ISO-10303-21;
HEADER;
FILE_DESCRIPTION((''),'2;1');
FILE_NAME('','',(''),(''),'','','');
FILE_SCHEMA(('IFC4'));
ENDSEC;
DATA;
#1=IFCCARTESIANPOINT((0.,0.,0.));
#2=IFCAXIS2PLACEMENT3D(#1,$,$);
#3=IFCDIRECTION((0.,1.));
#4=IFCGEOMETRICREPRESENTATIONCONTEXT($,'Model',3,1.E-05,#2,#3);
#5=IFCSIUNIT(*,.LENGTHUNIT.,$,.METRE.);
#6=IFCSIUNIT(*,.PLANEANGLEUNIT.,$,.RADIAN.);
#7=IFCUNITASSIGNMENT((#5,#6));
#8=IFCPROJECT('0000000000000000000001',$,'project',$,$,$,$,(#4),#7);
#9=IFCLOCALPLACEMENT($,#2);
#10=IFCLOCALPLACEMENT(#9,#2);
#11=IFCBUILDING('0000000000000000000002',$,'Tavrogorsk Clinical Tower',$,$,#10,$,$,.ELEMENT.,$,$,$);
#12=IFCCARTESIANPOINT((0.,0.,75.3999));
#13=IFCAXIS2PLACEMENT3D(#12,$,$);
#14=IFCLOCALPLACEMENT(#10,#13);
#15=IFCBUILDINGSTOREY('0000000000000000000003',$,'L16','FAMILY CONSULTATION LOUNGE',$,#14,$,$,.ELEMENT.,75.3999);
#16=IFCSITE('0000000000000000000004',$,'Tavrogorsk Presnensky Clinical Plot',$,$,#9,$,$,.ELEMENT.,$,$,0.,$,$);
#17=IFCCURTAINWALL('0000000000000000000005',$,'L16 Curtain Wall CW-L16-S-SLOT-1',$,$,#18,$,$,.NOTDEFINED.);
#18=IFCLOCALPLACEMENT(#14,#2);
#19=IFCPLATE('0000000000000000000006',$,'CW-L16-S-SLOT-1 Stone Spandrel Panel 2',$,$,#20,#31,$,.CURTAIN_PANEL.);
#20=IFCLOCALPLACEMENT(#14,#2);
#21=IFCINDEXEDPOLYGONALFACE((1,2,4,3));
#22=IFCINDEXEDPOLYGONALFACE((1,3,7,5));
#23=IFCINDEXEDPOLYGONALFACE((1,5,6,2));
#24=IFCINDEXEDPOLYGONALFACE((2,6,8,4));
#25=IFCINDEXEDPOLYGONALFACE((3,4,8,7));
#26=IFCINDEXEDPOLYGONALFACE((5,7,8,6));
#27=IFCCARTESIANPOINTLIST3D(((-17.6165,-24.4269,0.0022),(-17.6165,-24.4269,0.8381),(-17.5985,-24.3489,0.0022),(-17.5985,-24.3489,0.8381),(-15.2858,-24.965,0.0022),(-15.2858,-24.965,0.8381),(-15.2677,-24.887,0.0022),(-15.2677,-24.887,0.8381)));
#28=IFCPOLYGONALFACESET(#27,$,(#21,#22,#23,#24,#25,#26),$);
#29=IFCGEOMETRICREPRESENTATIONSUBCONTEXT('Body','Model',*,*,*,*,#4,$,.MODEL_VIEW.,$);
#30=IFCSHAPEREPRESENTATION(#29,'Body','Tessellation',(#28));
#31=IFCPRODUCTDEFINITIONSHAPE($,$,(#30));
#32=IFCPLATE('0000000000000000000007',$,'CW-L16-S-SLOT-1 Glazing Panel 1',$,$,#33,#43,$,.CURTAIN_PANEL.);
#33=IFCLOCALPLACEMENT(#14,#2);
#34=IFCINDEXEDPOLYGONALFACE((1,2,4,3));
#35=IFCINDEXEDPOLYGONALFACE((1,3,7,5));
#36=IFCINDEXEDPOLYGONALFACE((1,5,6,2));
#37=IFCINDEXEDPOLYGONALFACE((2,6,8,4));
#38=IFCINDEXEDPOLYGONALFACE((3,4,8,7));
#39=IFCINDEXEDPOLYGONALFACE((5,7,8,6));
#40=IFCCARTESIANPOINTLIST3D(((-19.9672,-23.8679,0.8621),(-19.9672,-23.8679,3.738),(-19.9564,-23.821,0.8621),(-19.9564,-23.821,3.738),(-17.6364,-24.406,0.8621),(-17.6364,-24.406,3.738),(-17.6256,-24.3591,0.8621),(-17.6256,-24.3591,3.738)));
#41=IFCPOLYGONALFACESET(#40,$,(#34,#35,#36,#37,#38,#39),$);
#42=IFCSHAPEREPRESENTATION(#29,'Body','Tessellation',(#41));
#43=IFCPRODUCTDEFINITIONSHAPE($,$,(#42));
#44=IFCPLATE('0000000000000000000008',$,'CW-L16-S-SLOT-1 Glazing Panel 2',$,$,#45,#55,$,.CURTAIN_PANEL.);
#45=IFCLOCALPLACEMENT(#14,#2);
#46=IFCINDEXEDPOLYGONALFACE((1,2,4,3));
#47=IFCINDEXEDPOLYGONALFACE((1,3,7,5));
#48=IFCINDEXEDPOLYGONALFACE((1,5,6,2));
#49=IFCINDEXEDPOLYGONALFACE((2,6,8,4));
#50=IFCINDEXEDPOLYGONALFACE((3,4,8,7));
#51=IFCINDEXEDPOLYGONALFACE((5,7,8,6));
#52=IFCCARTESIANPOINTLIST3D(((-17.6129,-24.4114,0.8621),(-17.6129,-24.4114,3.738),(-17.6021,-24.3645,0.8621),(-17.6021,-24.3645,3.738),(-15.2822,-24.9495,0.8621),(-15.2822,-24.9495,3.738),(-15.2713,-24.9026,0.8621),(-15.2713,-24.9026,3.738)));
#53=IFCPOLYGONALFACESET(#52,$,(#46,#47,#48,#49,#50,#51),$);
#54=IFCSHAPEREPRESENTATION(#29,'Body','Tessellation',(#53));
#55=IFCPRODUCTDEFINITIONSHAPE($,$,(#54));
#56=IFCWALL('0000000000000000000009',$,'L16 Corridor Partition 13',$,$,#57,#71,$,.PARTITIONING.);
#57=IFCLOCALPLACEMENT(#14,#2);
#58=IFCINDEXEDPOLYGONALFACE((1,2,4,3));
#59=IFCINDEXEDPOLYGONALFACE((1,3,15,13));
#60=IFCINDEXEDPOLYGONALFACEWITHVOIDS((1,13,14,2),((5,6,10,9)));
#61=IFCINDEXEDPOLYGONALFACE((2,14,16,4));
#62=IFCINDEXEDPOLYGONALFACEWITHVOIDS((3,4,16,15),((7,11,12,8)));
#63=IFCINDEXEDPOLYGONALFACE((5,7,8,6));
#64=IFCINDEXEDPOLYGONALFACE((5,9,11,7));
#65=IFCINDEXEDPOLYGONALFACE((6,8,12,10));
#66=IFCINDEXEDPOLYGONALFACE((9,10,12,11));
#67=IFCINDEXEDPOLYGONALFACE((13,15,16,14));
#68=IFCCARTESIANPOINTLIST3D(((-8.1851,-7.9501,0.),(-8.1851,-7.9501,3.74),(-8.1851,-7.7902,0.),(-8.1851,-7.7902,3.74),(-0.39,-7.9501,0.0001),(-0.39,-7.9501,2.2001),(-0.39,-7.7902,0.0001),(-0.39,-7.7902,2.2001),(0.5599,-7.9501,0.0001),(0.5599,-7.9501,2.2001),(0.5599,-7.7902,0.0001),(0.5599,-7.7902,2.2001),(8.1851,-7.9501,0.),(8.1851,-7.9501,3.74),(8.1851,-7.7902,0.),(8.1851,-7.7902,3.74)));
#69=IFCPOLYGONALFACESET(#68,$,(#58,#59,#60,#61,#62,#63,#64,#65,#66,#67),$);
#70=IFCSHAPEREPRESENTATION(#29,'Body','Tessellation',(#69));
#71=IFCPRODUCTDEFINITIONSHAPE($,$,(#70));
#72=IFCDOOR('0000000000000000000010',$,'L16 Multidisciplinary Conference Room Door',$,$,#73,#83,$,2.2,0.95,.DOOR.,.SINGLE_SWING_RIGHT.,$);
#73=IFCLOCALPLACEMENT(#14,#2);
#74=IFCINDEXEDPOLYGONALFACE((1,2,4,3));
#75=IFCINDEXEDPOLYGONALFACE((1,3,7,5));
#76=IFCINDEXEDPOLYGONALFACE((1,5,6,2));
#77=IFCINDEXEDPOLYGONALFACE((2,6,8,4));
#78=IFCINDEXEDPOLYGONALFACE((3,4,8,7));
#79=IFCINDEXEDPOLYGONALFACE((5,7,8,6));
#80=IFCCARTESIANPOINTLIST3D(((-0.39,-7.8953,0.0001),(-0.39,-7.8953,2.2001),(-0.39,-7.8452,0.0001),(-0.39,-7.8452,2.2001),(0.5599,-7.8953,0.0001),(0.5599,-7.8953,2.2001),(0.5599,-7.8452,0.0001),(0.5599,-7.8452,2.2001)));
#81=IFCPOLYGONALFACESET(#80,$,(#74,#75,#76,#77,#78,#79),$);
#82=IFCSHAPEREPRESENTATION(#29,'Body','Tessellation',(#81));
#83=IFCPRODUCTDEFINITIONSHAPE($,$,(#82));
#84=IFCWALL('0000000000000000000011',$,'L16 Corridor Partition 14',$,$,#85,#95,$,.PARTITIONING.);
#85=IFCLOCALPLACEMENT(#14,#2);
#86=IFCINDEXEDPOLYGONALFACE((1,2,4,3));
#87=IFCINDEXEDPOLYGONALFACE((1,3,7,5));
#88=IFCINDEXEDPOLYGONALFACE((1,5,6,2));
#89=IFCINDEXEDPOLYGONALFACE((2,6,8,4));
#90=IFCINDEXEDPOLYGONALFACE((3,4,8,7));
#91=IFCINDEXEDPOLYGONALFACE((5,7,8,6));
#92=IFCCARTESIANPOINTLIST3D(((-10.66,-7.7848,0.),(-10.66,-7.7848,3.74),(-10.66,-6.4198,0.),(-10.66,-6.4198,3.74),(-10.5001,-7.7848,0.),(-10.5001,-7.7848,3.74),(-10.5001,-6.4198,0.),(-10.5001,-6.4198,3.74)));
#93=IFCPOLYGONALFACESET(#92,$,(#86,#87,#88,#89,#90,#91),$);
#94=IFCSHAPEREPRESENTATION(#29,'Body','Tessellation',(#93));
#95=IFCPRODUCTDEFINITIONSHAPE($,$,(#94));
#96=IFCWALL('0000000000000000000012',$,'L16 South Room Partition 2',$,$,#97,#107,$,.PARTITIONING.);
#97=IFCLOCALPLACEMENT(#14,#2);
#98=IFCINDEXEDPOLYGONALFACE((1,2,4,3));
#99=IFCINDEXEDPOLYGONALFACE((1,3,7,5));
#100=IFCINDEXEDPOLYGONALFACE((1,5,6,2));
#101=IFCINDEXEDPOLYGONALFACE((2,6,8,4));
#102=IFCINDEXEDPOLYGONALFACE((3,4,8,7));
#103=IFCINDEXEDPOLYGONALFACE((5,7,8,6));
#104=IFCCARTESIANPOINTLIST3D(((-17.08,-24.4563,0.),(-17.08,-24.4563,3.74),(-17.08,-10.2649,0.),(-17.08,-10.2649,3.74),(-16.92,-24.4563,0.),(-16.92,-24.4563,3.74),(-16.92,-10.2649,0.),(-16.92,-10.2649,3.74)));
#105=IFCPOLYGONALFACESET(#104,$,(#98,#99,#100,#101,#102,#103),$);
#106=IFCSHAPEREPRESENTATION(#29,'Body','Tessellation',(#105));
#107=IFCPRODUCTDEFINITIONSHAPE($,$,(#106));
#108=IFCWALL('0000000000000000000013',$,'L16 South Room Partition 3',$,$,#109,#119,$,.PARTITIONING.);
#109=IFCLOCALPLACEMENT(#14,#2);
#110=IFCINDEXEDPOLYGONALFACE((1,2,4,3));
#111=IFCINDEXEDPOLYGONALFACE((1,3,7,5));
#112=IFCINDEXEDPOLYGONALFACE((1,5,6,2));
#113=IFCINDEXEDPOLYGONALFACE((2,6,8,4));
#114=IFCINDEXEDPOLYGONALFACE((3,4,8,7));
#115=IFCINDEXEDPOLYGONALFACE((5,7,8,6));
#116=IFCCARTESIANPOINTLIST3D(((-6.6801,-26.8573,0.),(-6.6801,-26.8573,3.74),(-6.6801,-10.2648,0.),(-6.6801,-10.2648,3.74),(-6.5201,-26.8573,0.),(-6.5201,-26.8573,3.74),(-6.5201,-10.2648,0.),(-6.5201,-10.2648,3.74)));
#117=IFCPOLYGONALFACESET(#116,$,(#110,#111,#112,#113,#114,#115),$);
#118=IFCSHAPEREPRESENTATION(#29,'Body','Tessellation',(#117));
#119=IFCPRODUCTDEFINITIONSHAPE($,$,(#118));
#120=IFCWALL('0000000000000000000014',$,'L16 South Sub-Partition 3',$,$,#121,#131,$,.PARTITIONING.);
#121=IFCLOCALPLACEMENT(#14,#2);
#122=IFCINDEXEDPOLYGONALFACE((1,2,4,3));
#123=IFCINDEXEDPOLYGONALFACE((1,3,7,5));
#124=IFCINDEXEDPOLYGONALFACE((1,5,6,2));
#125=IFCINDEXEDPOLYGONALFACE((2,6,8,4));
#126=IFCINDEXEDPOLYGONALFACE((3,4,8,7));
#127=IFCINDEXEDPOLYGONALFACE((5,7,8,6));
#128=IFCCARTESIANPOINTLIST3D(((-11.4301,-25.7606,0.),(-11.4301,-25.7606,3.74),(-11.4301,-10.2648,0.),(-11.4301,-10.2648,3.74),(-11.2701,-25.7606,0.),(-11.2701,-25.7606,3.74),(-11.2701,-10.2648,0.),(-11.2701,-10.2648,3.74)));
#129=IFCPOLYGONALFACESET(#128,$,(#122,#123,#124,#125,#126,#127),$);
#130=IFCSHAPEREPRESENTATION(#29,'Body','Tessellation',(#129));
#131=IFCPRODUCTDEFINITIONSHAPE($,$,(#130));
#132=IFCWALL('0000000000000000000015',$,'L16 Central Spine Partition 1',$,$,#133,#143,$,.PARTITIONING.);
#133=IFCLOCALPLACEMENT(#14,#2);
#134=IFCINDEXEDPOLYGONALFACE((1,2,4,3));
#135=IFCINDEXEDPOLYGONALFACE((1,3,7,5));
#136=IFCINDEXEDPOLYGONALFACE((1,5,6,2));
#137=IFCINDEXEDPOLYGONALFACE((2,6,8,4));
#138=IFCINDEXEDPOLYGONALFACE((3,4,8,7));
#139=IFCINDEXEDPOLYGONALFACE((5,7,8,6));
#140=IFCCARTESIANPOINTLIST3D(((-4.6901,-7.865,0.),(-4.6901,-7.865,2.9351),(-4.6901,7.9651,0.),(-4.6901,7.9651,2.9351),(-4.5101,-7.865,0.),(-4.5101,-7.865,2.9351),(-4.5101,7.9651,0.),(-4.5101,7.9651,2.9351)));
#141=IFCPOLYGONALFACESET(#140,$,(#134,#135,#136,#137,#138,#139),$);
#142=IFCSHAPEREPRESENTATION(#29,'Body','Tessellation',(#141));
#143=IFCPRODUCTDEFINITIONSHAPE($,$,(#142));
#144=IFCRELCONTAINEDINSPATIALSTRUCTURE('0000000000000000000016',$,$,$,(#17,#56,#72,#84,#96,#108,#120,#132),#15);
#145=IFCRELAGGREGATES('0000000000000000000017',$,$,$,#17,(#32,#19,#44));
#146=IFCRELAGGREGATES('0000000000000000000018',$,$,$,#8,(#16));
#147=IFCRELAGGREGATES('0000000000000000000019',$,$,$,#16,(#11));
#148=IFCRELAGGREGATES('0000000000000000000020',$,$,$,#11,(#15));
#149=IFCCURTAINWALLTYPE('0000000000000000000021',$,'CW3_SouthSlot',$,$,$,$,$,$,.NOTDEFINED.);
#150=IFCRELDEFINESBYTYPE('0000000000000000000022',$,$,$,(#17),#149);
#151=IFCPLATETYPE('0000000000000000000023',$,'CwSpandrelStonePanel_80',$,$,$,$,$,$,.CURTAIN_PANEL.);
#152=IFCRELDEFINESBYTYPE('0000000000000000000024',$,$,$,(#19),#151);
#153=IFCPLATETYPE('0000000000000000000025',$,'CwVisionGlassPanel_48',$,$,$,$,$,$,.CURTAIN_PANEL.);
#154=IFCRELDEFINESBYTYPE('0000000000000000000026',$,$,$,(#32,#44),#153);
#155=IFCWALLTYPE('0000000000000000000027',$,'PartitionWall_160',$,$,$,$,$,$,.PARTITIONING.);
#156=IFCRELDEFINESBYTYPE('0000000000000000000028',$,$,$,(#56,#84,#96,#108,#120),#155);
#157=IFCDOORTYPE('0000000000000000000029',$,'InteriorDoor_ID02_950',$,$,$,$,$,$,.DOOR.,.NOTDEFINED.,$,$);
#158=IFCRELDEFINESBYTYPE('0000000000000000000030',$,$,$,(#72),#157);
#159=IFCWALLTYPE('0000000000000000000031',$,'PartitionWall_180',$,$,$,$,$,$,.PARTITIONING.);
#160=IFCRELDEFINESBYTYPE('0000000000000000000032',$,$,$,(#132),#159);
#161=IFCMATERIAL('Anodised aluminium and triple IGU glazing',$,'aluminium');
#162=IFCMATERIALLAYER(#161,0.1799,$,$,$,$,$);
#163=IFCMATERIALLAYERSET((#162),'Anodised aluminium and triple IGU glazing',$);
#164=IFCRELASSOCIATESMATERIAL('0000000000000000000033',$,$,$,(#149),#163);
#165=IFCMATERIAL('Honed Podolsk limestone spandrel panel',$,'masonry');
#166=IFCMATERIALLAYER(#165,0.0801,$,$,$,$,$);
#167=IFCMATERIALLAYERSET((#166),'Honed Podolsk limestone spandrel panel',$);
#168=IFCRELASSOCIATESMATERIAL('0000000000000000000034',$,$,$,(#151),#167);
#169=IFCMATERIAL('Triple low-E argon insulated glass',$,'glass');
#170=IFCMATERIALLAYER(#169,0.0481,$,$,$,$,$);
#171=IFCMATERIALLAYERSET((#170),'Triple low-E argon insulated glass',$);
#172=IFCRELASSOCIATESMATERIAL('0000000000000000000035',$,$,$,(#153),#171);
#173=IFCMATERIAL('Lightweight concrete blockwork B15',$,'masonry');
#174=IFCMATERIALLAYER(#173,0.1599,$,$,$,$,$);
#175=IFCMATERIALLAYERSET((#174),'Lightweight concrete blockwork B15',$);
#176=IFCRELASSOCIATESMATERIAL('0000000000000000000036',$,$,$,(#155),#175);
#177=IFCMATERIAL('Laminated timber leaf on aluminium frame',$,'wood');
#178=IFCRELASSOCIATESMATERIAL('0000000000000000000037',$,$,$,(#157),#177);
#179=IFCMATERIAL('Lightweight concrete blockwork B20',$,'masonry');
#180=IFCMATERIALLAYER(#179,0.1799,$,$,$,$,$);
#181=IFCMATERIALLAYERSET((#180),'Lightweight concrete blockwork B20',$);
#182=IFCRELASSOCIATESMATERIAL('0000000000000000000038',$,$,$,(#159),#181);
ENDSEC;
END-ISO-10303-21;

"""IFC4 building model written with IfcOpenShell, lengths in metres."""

from ifc_helpers import new_model, si_unit, direction, frame, frame_2d, origin, origin_2d, place, context, subcontext, project, spatial, rectangle, extrude, material, layer, layer_set, type_object, element, fill, aggregate, save


model = new_model("IFC4")

# Units and contexts
model_context = context("Model", 3, precision=1e-05, world=origin(), true_north=direction((0.0, 1.0)))
body_context = subcontext(model_context, "Body", "Model", "MODEL_VIEW")
ifc_project = project(units=[si_unit("LENGTHUNIT", "METRE"), si_unit("PLANEANGLEUNIT", "RADIAN")], contexts=[model_context])

# Site, building, storey
site_placement = place(None, origin())
site = spatial("IfcSite", under=ifc_project, at=site_placement, Name="Tavrogorsk Presnensky Clinical Plot", CompositionType="ELEMENT", RefElevation=0.0)
building_placement = place(site_placement, origin())
building = spatial("IfcBuilding", under=site, at=building_placement, Name="Tavrogorsk Clinical Tower", CompositionType="ELEMENT")
storey_placement = place(building_placement, frame((0.0, 0.0, 75.3999)))
storey = spatial("IfcBuildingStorey", under=building, at=storey_placement, Name="L16", Description="FAMILY CONSULTATION LOUNGE", CompositionType="ELEMENT", Elevation=75.3999)

# Curtain wall
ifc_material_1 = material(Name="Anodised aluminium and triple IGU glazing", Category="aluminium")
ifc_layer_1 = layer(ifc_material_1, 0.1799)
ifc_layer_set_1 = layer_set([ifc_layer_1], Name="Anodised aluminium and triple IGU glazing")
curtain_wall_type = type_object("IfcCurtainWallType", Name="CW3_SouthSlot", PredefinedType="NOTDEFINED", material=ifc_layer_set_1)
curtain_wall_1_placement = place(storey_placement, origin())
curtain_wall_1 = element("IfcCurtainWall", 1, at=curtain_wall_1_placement, inside=storey, type_object=curtain_wall_type, Name="L16 Curtain Wall CW-L16-S-SLOT-1", PredefinedType="NOTDEFINED")

# Plates
ifc_material_2 = material(Name="Honed Podolsk limestone spandrel panel", Category="masonry")
ifc_layer_2 = layer(ifc_material_2, 0.0801)
ifc_layer_set_2 = layer_set([ifc_layer_2], Name="Honed Podolsk limestone spandrel panel")
plate_type_1 = type_object("IfcPlateType", Name="CwSpandrelStonePanel_80", PredefinedType="CURTAIN_PANEL", material=ifc_layer_set_2)
plate_1_placement = place(storey_placement, frame((-16.4421, -24.657, 0.0022), z_axis=(0.0, 0.0, 1.0), x_axis=(0.97437, -0.224951, 0.0)))
plate_1 = element("IfcPlate", 2, at=plate_1_placement, type_object=plate_type_1, Name="CW-L16-S-SLOT-1 Stone Spandrel Panel 2", PredefinedType="CURTAIN_PANEL", context=body_context, shape_type="SweptSolid", body=[
    extrude(rectangle(XDim=2.3921, YDim=0.0801, at=origin_2d()), origin(), (0.0, 0.0, 1.0), 0.8359),
])
ifc_material_3 = material(Name="Triple low-E argon insulated glass", Category="glass")
ifc_layer_3 = layer(ifc_material_3, 0.0481)
ifc_layer_set_3 = layer_set([ifc_layer_3], Name="Triple low-E argon insulated glass")
plate_type_2 = type_object("IfcPlateType", Name="CwVisionGlassPanel_48", PredefinedType="CURTAIN_PANEL", material=ifc_layer_set_3)
plate_2_placement = place(storey_placement, frame((-18.7964, -24.1135, 0.8621), z_axis=(0.0, 0.0, 1.0), x_axis=(0.97437, -0.224951, 0.0)))
plate_2 = element("IfcPlate", 3, at=plate_2_placement, type_object=plate_type_2, Name="CW-L16-S-SLOT-1 Glazing Panel 1", PredefinedType="CURTAIN_PANEL", context=body_context, shape_type="SweptSolid", body=[
    extrude(rectangle(XDim=2.3921, YDim=0.0481, at=origin_2d()), origin(), (0.0, 0.0, 1.0), 2.876),
])
plate_3_placement = place(storey_placement, frame((-16.4421, -24.657, 0.8621), z_axis=(0.0, 0.0, 1.0), x_axis=(0.97437, -0.224951, 0.0)))
plate_3 = element("IfcPlate", 4, at=plate_3_placement, type_object=plate_type_2, Name="CW-L16-S-SLOT-1 Glazing Panel 2", PredefinedType="CURTAIN_PANEL", context=body_context, shape_type="SweptSolid", body=[
    extrude(rectangle(XDim=2.3921, YDim=0.0481, at=origin_2d()), origin(), (0.0, 0.0, 1.0), 2.876),
])
aggregate(curtain_wall_1, [plate_2, plate_1, plate_3])

# Wall, opening, door
ifc_material_4 = material(Name="Lightweight concrete blockwork B15", Category="masonry")
ifc_layer_4 = layer(ifc_material_4, 0.1599)
ifc_layer_set_4 = layer_set([ifc_layer_4], Name="Lightweight concrete blockwork B15")
wall_type_1 = type_object("IfcWallType", Name="PartitionWall_160", PredefinedType="PARTITIONING", material=ifc_layer_set_4)
wall_1_placement = place(storey_placement, frame((-8.1851, -7.8701, 0.0), z_axis=(0.0, 0.0, 1.0), x_axis=(1.0, 0.0, 0.0)))
wall_1 = element("IfcWall", 5, at=wall_1_placement, inside=storey, type_object=wall_type_1, Name="L16 Corridor Partition 13", PredefinedType="PARTITIONING", context=body_context, shape_type="SweptSolid", body=[
    extrude(rectangle(XDim=16.3701, YDim=0.1599, at=frame_2d((8.1851, 0.0))), origin(), (0.0, 0.0, 1.0), 3.74),
])
opening_1_placement = place(wall_1_placement, frame((7.7949, 0.0, 0.0)))
opening_1 = element("IfcOpeningElement", 6, at=opening_1_placement, cuts=wall_1, PredefinedType="OPENING", context=body_context, shape_type="SweptSolid", body=[
    extrude(rectangle(XDim=0.95, YDim=2.2, at=frame_2d((0.4751, 1.1001))), frame((0.0, 0.0898, 0.0), z_axis=(0.0, -1.0, 0.0), x_axis=(1.0, 0.0, 0.0)), (0.0, 0.0, 1.0), 0.1799),
])
ifc_material_5 = material(Name="Laminated timber leaf on aluminium frame", Category="wood")
door_type = type_object("IfcDoorType", Name="InteriorDoor_ID02_950", OperationType="NOTDEFINED", PredefinedType="DOOR", material=ifc_material_5)
door_placement = place(opening_1_placement, origin())
door = element("IfcDoor", 7, at=door_placement, inside=storey, type_object=door_type, Name="L16 Multidisciplinary Conference Room Door", OperationType="SINGLE_SWING_RIGHT", OverallHeight=2.2, OverallWidth=0.95, PredefinedType="DOOR", context=body_context, shape_type="SweptSolid", body=[
    extrude(rectangle(XDim=0.95, YDim=2.2, at=frame_2d((0.4751, 1.1001))), frame((0.0, 0.0249, 0.0), z_axis=(0.0, -1.0, 0.0), x_axis=(1.0, 0.0, 0.0)), (0.0, 0.0, 1.0), 0.05),
])
fill(opening_1, door)

# Walls
wall_2_placement = place(storey_placement, frame((-10.5801, -7.7849, 0.0), z_axis=(0.0, 0.0, 1.0), x_axis=(0.0, 1.0, 0.0)))
element("IfcWall", 8, at=wall_2_placement, inside=storey, type_object=wall_type_1, Name="L16 Corridor Partition 14", PredefinedType="PARTITIONING", context=body_context, shape_type="SweptSolid", body=[
    extrude(rectangle(XDim=1.365, YDim=0.1599, at=frame_2d((0.6826, 0.0))), origin(), (0.0, 0.0, 1.0), 3.74),
])
wall_3_placement = place(storey_placement, frame((-17.0, -24.4563, 0.0), z_axis=(0.0, 0.0, 1.0), x_axis=(0.0, 1.0, 0.0)))
element("IfcWall", 9, at=wall_3_placement, inside=storey, type_object=wall_type_1, Name="L16 South Room Partition 2", PredefinedType="PARTITIONING", context=body_context, shape_type="SweptSolid", body=[
    extrude(rectangle(XDim=14.1914, YDim=0.1599, at=frame_2d((7.0957, 0.0))), origin(), (0.0, 0.0, 1.0), 3.74),
])
wall_4_placement = place(storey_placement, frame((-6.6001, -26.8574, 0.0), z_axis=(0.0, 0.0, 1.0), x_axis=(0.0, 1.0, 0.0)))
element("IfcWall", 10, at=wall_4_placement, inside=storey, type_object=wall_type_1, Name="L16 South Room Partition 3", PredefinedType="PARTITIONING", context=body_context, shape_type="SweptSolid", body=[
    extrude(rectangle(XDim=16.5925, YDim=0.1599, at=frame_2d((8.2964, 0.0))), origin(), (0.0, 0.0, 1.0), 3.74),
])
wall_5_placement = place(storey_placement, frame((-11.3501, -25.7607, 0.0), z_axis=(0.0, 0.0, 1.0), x_axis=(0.0, 1.0, 0.0)))
element("IfcWall", 11, at=wall_5_placement, inside=storey, type_object=wall_type_1, Name="L16 South Sub-Partition 3", PredefinedType="PARTITIONING", context=body_context, shape_type="SweptSolid", body=[
    extrude(rectangle(XDim=15.4958, YDim=0.1599, at=frame_2d((7.748, 0.0))), origin(), (0.0, 0.0, 1.0), 3.74),
])
ifc_material_6 = material(Name="Lightweight concrete blockwork B20", Category="masonry")
ifc_layer_5 = layer(ifc_material_6, 0.1799)
ifc_layer_set_5 = layer_set([ifc_layer_5], Name="Lightweight concrete blockwork B20")
wall_type_2 = type_object("IfcWallType", Name="PartitionWall_180", PredefinedType="PARTITIONING", material=ifc_layer_set_5)
wall_6_placement = place(storey_placement, frame((-4.6001, -7.865, 0.0), z_axis=(0.0, 0.0, 1.0), x_axis=(0.0, 1.0, 0.0)))
element("IfcWall", 12, at=wall_6_placement, inside=storey, type_object=wall_type_2, Name="L16 Central Spine Partition 1", PredefinedType="PARTITIONING", context=body_context, shape_type="SweptSolid", body=[
    extrude(rectangle(XDim=15.8301, YDim=0.1799, at=frame_2d((7.915, 0.0))), origin(), (0.0, 0.0, 1.0), 2.9351),
])

save(model, "model.ifc")
